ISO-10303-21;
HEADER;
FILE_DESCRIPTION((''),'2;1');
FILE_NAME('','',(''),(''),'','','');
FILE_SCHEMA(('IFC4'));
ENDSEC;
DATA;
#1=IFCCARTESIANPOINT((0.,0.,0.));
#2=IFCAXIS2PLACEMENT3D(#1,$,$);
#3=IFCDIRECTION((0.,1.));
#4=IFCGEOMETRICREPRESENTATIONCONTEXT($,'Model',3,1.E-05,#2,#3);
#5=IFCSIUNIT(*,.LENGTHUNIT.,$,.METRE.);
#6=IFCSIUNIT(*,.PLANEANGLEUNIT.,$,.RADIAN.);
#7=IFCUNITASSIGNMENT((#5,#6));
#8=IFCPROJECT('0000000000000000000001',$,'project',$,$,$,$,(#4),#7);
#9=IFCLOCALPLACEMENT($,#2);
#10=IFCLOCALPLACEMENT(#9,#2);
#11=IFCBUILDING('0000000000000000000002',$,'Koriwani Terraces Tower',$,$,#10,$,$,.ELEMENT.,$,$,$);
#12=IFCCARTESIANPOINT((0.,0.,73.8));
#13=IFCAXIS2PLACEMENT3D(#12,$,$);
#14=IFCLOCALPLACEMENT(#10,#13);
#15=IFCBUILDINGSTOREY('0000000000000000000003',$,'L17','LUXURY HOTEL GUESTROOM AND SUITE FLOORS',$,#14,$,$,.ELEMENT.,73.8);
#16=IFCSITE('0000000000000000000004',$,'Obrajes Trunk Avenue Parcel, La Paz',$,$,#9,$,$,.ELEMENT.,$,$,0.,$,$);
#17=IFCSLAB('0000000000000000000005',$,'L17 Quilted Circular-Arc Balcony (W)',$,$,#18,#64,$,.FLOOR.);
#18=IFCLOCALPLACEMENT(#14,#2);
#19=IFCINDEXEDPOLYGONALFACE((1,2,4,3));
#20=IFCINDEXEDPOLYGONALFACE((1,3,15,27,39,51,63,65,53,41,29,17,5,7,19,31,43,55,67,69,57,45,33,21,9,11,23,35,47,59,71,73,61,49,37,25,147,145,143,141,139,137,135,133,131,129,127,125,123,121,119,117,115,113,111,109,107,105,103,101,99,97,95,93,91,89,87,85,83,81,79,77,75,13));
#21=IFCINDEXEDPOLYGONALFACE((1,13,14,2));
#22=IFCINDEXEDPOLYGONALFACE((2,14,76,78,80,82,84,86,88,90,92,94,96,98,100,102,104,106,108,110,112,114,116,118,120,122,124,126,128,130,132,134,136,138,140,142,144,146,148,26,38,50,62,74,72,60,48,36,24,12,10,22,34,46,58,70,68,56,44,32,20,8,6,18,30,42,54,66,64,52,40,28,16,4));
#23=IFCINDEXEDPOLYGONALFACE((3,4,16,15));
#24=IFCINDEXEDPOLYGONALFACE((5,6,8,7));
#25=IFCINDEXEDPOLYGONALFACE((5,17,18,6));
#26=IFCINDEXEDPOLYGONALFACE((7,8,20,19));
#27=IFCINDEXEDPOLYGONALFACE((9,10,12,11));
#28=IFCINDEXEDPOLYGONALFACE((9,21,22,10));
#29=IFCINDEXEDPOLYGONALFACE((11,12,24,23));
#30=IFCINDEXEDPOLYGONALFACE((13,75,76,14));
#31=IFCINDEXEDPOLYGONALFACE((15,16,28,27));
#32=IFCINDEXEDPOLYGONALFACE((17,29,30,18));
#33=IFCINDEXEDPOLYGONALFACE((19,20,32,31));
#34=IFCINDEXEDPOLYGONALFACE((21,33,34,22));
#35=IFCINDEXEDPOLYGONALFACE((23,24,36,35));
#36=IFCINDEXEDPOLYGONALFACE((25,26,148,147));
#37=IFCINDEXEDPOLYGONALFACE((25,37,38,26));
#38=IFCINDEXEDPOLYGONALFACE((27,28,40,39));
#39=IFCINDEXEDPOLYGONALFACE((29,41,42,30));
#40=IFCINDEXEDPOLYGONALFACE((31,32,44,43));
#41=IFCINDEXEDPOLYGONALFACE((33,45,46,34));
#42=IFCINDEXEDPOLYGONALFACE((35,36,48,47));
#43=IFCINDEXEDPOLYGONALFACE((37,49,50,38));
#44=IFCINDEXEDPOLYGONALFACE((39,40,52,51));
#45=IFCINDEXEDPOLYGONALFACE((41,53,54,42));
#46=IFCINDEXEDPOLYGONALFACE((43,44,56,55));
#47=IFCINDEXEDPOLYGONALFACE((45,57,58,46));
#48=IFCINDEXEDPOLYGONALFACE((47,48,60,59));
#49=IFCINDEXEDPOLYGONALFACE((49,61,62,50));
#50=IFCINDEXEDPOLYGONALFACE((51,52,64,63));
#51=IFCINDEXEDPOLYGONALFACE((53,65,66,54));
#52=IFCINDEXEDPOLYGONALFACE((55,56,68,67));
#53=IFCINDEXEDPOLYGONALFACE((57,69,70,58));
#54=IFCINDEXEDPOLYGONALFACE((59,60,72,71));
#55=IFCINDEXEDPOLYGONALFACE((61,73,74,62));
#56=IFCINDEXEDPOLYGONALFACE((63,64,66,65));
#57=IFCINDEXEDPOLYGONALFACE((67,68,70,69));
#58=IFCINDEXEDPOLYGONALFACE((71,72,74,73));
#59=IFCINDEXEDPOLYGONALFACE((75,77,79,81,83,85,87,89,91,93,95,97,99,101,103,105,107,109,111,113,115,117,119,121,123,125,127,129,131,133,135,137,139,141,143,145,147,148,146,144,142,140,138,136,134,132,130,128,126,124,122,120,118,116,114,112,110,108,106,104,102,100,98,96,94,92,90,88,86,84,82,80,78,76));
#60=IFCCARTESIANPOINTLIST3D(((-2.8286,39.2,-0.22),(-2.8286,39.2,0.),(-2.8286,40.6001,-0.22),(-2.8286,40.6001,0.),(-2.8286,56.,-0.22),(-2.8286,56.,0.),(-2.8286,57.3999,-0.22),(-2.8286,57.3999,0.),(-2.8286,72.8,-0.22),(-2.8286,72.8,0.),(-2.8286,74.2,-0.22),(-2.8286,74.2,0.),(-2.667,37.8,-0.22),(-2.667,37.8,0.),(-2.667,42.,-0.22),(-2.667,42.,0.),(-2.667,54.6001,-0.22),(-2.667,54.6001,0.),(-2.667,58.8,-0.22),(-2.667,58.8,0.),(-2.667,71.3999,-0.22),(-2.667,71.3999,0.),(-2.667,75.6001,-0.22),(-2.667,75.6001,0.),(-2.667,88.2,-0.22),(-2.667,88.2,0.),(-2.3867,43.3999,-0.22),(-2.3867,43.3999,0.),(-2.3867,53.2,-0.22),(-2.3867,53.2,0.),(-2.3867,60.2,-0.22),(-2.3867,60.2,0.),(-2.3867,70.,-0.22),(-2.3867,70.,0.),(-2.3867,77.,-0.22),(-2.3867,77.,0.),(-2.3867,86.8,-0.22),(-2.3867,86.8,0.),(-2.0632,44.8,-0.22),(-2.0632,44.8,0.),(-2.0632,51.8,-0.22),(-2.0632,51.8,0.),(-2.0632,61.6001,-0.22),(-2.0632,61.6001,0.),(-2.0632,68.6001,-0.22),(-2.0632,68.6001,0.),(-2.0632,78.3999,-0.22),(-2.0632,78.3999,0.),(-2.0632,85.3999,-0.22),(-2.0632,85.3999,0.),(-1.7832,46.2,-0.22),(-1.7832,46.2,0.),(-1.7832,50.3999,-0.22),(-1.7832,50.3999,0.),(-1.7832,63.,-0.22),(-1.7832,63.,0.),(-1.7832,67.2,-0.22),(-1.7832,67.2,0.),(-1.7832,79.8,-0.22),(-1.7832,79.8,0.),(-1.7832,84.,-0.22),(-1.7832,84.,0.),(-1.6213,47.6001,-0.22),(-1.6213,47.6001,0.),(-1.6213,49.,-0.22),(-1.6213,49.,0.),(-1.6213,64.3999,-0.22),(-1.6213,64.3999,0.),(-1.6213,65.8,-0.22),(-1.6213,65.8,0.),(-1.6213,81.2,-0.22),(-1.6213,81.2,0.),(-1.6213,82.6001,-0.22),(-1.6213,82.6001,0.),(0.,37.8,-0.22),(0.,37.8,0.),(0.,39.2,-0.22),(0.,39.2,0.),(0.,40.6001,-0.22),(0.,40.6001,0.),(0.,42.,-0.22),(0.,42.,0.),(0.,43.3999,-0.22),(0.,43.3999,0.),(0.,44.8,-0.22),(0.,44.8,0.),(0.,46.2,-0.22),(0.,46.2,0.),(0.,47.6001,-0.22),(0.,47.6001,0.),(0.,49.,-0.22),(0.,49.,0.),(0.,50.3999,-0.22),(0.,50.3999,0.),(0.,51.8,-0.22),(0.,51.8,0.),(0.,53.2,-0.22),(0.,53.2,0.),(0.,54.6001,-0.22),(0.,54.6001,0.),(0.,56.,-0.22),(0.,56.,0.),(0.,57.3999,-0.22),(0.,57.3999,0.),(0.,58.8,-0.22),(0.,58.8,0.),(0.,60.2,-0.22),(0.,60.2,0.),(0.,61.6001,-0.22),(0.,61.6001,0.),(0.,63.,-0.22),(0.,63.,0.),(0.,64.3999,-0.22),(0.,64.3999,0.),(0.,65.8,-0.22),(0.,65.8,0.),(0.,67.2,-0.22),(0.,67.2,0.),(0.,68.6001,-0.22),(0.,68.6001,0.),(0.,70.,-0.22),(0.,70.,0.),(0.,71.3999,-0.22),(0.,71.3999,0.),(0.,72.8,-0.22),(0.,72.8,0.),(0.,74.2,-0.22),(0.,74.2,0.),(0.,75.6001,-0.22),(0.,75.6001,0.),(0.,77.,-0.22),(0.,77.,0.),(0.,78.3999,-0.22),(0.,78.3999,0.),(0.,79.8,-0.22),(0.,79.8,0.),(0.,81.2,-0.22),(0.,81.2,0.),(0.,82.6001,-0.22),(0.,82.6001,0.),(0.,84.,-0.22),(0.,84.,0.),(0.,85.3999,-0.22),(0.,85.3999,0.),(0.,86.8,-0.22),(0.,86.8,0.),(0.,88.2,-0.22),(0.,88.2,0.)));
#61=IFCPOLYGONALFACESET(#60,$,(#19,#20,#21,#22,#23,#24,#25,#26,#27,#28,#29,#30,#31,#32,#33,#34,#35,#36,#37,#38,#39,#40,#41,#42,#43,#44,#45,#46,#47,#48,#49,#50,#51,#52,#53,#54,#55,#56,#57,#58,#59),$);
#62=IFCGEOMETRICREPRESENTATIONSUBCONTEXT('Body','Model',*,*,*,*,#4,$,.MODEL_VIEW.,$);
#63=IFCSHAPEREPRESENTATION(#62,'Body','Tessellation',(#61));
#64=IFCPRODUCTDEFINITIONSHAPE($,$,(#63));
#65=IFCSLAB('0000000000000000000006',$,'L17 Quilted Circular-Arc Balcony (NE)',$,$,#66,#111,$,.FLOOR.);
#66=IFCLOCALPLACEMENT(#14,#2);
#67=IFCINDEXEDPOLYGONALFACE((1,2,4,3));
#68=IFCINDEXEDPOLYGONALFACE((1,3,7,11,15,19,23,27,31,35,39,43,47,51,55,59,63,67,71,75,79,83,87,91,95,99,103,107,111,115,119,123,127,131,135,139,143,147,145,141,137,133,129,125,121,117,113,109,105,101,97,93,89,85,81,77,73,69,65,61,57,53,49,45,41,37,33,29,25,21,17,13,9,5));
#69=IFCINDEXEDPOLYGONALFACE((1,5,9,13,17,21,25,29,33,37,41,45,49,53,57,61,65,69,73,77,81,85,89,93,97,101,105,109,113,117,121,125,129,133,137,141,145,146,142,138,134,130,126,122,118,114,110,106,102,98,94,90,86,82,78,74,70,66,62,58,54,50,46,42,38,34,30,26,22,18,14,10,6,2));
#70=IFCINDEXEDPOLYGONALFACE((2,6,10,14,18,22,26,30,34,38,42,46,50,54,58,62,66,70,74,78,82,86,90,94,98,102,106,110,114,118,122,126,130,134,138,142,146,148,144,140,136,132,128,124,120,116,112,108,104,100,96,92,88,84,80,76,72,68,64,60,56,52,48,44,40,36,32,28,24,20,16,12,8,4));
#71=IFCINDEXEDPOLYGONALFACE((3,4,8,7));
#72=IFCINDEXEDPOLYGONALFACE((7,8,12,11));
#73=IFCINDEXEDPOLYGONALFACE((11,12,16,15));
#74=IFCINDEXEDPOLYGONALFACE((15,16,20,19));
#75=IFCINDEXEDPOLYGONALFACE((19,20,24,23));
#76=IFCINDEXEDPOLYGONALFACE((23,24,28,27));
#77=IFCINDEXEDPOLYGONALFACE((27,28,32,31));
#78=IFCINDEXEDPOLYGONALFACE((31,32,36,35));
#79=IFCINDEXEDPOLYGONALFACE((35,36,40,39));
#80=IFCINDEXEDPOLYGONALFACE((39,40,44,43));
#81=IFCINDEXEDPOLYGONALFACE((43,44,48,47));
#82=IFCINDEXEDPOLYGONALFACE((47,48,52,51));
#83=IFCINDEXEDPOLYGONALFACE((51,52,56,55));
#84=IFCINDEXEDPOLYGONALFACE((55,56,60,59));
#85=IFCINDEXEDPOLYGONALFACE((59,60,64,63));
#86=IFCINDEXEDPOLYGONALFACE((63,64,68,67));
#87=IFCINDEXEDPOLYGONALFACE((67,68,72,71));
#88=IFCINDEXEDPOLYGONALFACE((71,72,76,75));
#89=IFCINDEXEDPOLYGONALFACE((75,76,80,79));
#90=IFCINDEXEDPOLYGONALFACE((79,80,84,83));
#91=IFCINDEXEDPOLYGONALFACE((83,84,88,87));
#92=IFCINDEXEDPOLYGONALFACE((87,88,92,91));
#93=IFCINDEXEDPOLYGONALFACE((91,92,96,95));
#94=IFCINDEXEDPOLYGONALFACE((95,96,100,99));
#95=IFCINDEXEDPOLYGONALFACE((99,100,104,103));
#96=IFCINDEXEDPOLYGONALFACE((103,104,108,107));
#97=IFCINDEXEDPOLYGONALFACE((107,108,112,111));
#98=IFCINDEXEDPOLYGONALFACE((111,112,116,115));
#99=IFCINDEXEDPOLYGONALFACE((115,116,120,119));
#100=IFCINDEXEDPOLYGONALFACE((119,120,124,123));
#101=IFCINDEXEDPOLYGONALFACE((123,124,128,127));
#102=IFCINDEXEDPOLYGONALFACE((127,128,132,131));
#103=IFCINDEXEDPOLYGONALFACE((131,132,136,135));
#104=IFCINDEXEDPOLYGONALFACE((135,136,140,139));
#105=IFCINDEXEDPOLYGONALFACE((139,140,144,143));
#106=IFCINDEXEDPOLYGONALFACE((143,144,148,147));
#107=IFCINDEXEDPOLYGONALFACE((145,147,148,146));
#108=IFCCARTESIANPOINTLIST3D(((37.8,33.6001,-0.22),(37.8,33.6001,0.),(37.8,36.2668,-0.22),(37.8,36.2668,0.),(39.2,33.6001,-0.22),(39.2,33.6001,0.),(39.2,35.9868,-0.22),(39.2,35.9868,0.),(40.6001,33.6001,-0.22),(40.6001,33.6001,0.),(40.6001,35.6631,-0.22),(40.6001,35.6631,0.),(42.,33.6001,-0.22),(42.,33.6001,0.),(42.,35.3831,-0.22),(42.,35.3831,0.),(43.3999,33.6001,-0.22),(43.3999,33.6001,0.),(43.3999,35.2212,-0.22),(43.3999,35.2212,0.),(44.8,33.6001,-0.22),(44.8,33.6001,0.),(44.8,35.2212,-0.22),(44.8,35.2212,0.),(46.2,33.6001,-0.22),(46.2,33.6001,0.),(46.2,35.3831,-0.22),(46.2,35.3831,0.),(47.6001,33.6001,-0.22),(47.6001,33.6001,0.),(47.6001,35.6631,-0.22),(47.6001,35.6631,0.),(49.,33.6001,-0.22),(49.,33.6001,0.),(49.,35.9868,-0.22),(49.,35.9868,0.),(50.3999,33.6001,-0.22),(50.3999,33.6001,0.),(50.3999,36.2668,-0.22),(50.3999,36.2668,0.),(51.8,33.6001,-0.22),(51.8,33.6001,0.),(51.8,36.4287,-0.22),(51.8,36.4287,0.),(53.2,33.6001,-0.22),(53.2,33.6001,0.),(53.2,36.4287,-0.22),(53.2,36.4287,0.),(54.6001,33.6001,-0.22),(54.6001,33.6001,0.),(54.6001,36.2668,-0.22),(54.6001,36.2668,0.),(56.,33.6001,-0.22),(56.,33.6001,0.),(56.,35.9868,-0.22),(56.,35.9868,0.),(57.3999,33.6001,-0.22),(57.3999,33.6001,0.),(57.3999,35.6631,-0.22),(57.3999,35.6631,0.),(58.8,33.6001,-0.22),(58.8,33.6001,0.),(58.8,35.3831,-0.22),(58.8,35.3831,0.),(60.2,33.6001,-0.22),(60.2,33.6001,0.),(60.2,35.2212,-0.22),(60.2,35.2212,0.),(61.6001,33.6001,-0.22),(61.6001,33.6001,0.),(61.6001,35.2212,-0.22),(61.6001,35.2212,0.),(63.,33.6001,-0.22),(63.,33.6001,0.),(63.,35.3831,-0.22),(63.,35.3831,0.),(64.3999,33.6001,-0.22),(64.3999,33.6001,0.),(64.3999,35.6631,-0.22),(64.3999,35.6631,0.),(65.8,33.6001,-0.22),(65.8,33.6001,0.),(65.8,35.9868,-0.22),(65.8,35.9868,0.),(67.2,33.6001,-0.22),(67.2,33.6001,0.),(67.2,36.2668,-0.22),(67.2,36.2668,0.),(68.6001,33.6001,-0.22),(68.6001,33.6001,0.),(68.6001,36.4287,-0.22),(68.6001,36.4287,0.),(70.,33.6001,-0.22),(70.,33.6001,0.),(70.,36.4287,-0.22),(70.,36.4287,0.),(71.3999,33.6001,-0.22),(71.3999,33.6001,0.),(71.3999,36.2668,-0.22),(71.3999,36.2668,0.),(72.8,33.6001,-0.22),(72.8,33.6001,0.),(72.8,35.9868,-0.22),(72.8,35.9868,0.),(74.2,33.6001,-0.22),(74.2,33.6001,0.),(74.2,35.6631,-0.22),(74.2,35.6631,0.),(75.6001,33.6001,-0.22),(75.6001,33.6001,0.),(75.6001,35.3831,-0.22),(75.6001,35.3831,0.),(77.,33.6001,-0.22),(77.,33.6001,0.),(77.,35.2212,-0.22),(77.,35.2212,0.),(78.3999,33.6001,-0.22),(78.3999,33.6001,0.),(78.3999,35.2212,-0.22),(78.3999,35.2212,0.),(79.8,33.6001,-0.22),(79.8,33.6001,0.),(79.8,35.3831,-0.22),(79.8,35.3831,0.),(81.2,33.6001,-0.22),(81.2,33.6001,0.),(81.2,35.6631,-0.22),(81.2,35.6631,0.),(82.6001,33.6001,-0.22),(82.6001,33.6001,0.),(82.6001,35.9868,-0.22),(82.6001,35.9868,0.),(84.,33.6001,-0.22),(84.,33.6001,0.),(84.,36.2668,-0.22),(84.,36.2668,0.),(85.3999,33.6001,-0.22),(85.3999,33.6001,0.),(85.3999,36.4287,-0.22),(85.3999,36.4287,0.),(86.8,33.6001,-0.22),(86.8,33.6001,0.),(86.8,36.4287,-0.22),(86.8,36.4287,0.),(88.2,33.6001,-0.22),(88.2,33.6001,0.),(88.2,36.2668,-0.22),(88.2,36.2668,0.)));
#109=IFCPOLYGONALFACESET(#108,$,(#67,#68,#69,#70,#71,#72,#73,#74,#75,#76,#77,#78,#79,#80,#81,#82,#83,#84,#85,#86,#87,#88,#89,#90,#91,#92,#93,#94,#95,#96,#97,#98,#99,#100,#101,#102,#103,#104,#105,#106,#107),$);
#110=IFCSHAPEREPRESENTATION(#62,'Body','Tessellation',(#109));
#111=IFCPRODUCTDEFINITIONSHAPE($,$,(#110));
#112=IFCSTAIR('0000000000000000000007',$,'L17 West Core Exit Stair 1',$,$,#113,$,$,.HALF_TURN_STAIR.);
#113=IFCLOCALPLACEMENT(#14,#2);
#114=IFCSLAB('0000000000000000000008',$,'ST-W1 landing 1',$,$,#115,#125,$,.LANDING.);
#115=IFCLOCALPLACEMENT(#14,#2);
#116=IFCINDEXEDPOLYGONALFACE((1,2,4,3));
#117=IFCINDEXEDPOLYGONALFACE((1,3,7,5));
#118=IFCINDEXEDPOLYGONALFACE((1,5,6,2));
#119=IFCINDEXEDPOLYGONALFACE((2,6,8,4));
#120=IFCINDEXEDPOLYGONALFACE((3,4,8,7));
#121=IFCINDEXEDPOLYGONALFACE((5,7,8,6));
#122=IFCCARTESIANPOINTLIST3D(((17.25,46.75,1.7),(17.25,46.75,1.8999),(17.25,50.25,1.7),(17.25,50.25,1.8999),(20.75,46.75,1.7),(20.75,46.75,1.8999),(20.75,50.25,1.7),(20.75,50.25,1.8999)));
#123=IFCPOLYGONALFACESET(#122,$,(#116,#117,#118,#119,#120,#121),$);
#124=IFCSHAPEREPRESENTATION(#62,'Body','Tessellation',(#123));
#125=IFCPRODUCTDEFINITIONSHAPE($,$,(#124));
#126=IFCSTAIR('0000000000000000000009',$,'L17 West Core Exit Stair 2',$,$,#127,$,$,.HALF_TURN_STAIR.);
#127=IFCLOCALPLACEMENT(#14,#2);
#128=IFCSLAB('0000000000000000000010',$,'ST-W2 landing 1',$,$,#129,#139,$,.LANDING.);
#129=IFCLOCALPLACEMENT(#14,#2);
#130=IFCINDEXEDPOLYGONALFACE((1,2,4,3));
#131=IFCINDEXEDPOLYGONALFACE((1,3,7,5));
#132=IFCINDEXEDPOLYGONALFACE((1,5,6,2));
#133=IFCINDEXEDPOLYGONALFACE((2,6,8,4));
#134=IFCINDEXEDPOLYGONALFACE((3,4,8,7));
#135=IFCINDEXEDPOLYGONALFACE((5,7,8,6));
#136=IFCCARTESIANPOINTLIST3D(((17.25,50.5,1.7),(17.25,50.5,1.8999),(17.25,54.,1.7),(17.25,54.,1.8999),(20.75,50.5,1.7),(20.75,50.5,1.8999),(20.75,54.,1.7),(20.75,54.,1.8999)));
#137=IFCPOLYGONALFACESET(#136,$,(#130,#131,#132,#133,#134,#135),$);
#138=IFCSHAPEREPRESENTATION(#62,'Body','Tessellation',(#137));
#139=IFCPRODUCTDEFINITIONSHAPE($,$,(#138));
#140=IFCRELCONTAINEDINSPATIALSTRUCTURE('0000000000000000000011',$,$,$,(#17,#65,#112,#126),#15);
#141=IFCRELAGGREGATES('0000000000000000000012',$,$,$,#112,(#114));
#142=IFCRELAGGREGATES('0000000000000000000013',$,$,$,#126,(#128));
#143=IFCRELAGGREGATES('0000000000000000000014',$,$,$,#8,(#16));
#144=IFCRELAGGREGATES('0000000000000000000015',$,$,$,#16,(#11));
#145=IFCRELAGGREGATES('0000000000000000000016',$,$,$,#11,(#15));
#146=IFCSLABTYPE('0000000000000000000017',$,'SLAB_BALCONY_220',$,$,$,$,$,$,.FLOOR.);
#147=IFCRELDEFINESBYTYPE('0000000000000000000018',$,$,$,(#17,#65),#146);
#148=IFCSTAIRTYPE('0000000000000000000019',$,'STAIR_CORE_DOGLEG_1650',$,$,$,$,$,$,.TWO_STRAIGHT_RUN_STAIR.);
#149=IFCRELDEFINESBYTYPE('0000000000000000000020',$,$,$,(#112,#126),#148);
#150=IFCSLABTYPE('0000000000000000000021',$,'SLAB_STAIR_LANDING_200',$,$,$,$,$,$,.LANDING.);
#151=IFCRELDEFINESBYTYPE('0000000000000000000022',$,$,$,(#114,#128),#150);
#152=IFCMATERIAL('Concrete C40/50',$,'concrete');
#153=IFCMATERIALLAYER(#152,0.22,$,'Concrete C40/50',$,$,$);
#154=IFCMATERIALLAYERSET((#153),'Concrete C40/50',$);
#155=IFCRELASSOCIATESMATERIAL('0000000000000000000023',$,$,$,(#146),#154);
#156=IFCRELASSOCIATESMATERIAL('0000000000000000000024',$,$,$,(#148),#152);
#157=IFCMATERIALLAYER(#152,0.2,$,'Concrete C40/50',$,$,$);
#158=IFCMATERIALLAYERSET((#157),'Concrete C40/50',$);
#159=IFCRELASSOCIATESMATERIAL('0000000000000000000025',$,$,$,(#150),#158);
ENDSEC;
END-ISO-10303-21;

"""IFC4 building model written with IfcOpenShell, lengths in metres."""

from ifc_helpers import new_model, si_unit, direction, frame, origin, place, context, subcontext, project, spatial, polyline, outline, extrude, material, layer, layer_set, type_object, element, aggregate, save


model = new_model("IFC4")

# Units and contexts
model_context = context("Model", 3, precision=1e-05, world=origin(), true_north=direction((0.0, 1.0)))
body_context = subcontext(model_context, "Body", "Model", "MODEL_VIEW")
ifc_project = project(units=[si_unit("LENGTHUNIT", "METRE"), si_unit("PLANEANGLEUNIT", "RADIAN")], contexts=[model_context])

# Site, building, storey
site_placement = place(None, origin())
site = spatial("IfcSite", under=ifc_project, at=site_placement, Name="Obrajes Trunk Avenue Parcel, La Paz", CompositionType="ELEMENT", RefElevation=0.0)
building_placement = place(site_placement, origin())
building = spatial("IfcBuilding", under=site, at=building_placement, Name="Koriwani Terraces Tower", CompositionType="ELEMENT")
storey_placement = place(building_placement, frame((0.0, 0.0, 73.8)))
storey = spatial("IfcBuildingStorey", under=building, at=storey_placement, Name="L17", Description="LUXURY HOTEL GUESTROOM AND SUITE FLOORS", CompositionType="ELEMENT", Elevation=73.8)

# Shared definitions
ifc_material_1 = material(Name="Concrete C40/50", Category="concrete")

# Slabs
ifc_layer_1 = layer(ifc_material_1, 0.22, Name="Concrete C40/50")
ifc_layer_set_1 = layer_set([ifc_layer_1], Name="Concrete C40/50")
slab_type_1 = type_object("IfcSlabType", Name="SLAB_BALCONY_220", PredefinedType="FLOOR", material=ifc_layer_set_1)
slab_1_placement = place(storey_placement, frame((0.0, 0.0, -0.22)))
element("IfcSlab", 1, at=slab_1_placement, inside=storey, type_object=slab_type_1, Name="L17 Quilted Circular-Arc Balcony (W)", PredefinedType="FLOOR", context=body_context, shape_type="SweptSolid", body=[
    extrude(outline(polyline([(0.0, 37.8), (0.0, 39.2), (0.0, 40.6001), (0.0, 42.0), (0.0, 43.3999), (0.0, 44.8), (0.0, 46.2), (0.0, 47.6001), (0.0, 49.0), (0.0, 50.3999), (0.0, 51.8), (0.0, 53.2), (0.0, 54.6001), (0.0, 56.0), (0.0, 57.3999), (0.0, 58.8), (0.0, 60.2), (0.0, 61.6001), (0.0, 63.0), (0.0, 64.3999), (0.0, 65.8), (0.0, 67.2), (0.0, 68.6001), (0.0, 70.0), (0.0, 71.3999), (0.0, 72.8), (0.0, 74.2), (0.0, 75.6001), (0.0, 77.0), (0.0, 78.3999), (0.0, 79.8), (0.0, 81.2), (0.0, 82.6001), (0.0, 84.0), (0.0, 85.3999), (0.0, 86.8), (0.0, 88.2), (-2.667, 88.2), (-2.3867, 86.8), (-2.0632, 85.3999), (-1.7832, 84.0), (-1.6213, 82.6001), (-1.6213, 81.2), (-1.7832, 79.8), (-2.0632, 78.3999), (-2.3867, 77.0), (-2.667, 75.6001), (-2.8286, 74.2), (-2.8286, 72.8), (-2.667, 71.3999), (-2.3867, 70.0), (-2.0632, 68.6001), (-1.7832, 67.2), (-1.6213, 65.8), (-1.6213, 64.3999), (-1.7832, 63.0), (-2.0632, 61.6001), (-2.3867, 60.2), (-2.667, 58.8), (-2.8286, 57.3999), (-2.8286, 56.0), (-2.667, 54.6001), (-2.3867, 53.2), (-2.0632, 51.8), (-1.7832, 50.3999), (-1.6213, 49.0), (-1.6213, 47.6001), (-1.7832, 46.2), (-2.0632, 44.8), (-2.3867, 43.3999), (-2.667, 42.0), (-2.8286, 40.6001), (-2.8286, 39.2), (-2.667, 37.8), (0.0, 37.8)])), origin(), (0.0, 0.0, 1.0), 0.22),
])
slab_2_placement = place(storey_placement, frame((0.0, 0.0, -0.22)))
element("IfcSlab", 2, at=slab_2_placement, inside=storey, type_object=slab_type_1, Name="L17 Quilted Circular-Arc Balcony (NE)", PredefinedType="FLOOR", context=body_context, shape_type="SweptSolid", body=[
    extrude(outline(polyline([(88.2, 33.6001), (86.8, 33.6001), (85.3999, 33.6001), (84.0, 33.6001), (82.6001, 33.6001), (81.2, 33.6001), (79.8, 33.6001), (78.3999, 33.6001), (77.0, 33.6001), (75.6001, 33.6001), (74.2, 33.6001), (72.8, 33.6001), (71.3999, 33.6001), (70.0, 33.6001), (68.6001, 33.6001), (67.2, 33.6001), (65.8, 33.6001), (64.3999, 33.6001), (63.0, 33.6001), (61.6001, 33.6001), (60.2, 33.6001), (58.8, 33.6001), (57.3999, 33.6001), (56.0, 33.6001), (54.6001, 33.6001), (53.2, 33.6001), (51.8, 33.6001), (50.3999, 33.6001), (49.0, 33.6001), (47.6001, 33.6001), (46.2, 33.6001), (44.8, 33.6001), (43.3999, 33.6001), (42.0, 33.6001), (40.6001, 33.6001), (39.2, 33.6001), (37.8, 33.6001), (37.8, 36.2668), (39.2, 35.9868), (40.6001, 35.6631), (42.0, 35.3831), (43.3999, 35.2212), (44.8, 35.2212), (46.2, 35.3831), (47.6001, 35.6631), (49.0, 35.9868), (50.3999, 36.2668), (51.8, 36.4287), (53.2, 36.4287), (54.6001, 36.2668), (56.0, 35.9868), (57.3999, 35.6631), (58.8, 35.3831), (60.2, 35.2212), (61.6001, 35.2212), (63.0, 35.3831), (64.3999, 35.6631), (65.8, 35.9868), (67.2, 36.2668), (68.6001, 36.4287), (70.0, 36.4287), (71.3999, 36.2668), (72.8, 35.9868), (74.2, 35.6631), (75.6001, 35.3831), (77.0, 35.2212), (78.3999, 35.2212), (79.8, 35.3831), (81.2, 35.6631), (82.6001, 35.9868), (84.0, 36.2668), (85.3999, 36.4287), (86.8, 36.4287), (88.2, 36.2668), (88.2, 33.6001)])), origin(), (0.0, 0.0, 1.0), 0.22),
])

# Stairs, slabs
stair_type = type_object("IfcStairType", Name="STAIR_CORE_DOGLEG_1650", PredefinedType="TWO_STRAIGHT_RUN_STAIR", material=ifc_material_1)
stair_1_placement = place(storey_placement, origin())
stair_1 = element("IfcStair", 3, at=stair_1_placement, inside=storey, type_object=stair_type, Name="L17 West Core Exit Stair 1", PredefinedType="HALF_TURN_STAIR")
ifc_layer_2 = layer(ifc_material_1, 0.2, Name="Concrete C40/50")
ifc_layer_set_2 = layer_set([ifc_layer_2], Name="Concrete C40/50")
slab_type_2 = type_object("IfcSlabType", Name="SLAB_STAIR_LANDING_200", PredefinedType="LANDING", material=ifc_layer_set_2)
slab_3_placement = place(storey_placement, frame((0.0, 0.0, 1.7)))
slab_3 = element("IfcSlab", 4, at=slab_3_placement, type_object=slab_type_2, Name="ST-W1 landing 1", PredefinedType="LANDING", context=body_context, shape_type="SweptSolid", body=[
    extrude(outline(polyline([(20.75, 46.75), (20.75, 50.25), (17.25, 50.25), (17.25, 46.75), (20.75, 46.75)])), origin(), (0.0, 0.0, 1.0), 0.2),
])
aggregate(stair_1, [slab_3])
stair_2_placement = place(storey_placement, origin())
stair_2 = element("IfcStair", 5, at=stair_2_placement, inside=storey, type_object=stair_type, Name="L17 West Core Exit Stair 2", PredefinedType="HALF_TURN_STAIR")
slab_4_placement = place(storey_placement, frame((0.0, 0.0, 1.7)))
slab_4 = element("IfcSlab", 6, at=slab_4_placement, type_object=slab_type_2, Name="ST-W2 landing 1", PredefinedType="LANDING", context=body_context, shape_type="SweptSolid", body=[
    extrude(outline(polyline([(17.25, 54.0), (17.25, 50.5), (20.75, 50.5), (20.75, 54.0), (17.25, 54.0)])), origin(), (0.0, 0.0, 1.0), 0.2),
])
aggregate(stair_2, [slab_4])

save(model, "model.ifc")
